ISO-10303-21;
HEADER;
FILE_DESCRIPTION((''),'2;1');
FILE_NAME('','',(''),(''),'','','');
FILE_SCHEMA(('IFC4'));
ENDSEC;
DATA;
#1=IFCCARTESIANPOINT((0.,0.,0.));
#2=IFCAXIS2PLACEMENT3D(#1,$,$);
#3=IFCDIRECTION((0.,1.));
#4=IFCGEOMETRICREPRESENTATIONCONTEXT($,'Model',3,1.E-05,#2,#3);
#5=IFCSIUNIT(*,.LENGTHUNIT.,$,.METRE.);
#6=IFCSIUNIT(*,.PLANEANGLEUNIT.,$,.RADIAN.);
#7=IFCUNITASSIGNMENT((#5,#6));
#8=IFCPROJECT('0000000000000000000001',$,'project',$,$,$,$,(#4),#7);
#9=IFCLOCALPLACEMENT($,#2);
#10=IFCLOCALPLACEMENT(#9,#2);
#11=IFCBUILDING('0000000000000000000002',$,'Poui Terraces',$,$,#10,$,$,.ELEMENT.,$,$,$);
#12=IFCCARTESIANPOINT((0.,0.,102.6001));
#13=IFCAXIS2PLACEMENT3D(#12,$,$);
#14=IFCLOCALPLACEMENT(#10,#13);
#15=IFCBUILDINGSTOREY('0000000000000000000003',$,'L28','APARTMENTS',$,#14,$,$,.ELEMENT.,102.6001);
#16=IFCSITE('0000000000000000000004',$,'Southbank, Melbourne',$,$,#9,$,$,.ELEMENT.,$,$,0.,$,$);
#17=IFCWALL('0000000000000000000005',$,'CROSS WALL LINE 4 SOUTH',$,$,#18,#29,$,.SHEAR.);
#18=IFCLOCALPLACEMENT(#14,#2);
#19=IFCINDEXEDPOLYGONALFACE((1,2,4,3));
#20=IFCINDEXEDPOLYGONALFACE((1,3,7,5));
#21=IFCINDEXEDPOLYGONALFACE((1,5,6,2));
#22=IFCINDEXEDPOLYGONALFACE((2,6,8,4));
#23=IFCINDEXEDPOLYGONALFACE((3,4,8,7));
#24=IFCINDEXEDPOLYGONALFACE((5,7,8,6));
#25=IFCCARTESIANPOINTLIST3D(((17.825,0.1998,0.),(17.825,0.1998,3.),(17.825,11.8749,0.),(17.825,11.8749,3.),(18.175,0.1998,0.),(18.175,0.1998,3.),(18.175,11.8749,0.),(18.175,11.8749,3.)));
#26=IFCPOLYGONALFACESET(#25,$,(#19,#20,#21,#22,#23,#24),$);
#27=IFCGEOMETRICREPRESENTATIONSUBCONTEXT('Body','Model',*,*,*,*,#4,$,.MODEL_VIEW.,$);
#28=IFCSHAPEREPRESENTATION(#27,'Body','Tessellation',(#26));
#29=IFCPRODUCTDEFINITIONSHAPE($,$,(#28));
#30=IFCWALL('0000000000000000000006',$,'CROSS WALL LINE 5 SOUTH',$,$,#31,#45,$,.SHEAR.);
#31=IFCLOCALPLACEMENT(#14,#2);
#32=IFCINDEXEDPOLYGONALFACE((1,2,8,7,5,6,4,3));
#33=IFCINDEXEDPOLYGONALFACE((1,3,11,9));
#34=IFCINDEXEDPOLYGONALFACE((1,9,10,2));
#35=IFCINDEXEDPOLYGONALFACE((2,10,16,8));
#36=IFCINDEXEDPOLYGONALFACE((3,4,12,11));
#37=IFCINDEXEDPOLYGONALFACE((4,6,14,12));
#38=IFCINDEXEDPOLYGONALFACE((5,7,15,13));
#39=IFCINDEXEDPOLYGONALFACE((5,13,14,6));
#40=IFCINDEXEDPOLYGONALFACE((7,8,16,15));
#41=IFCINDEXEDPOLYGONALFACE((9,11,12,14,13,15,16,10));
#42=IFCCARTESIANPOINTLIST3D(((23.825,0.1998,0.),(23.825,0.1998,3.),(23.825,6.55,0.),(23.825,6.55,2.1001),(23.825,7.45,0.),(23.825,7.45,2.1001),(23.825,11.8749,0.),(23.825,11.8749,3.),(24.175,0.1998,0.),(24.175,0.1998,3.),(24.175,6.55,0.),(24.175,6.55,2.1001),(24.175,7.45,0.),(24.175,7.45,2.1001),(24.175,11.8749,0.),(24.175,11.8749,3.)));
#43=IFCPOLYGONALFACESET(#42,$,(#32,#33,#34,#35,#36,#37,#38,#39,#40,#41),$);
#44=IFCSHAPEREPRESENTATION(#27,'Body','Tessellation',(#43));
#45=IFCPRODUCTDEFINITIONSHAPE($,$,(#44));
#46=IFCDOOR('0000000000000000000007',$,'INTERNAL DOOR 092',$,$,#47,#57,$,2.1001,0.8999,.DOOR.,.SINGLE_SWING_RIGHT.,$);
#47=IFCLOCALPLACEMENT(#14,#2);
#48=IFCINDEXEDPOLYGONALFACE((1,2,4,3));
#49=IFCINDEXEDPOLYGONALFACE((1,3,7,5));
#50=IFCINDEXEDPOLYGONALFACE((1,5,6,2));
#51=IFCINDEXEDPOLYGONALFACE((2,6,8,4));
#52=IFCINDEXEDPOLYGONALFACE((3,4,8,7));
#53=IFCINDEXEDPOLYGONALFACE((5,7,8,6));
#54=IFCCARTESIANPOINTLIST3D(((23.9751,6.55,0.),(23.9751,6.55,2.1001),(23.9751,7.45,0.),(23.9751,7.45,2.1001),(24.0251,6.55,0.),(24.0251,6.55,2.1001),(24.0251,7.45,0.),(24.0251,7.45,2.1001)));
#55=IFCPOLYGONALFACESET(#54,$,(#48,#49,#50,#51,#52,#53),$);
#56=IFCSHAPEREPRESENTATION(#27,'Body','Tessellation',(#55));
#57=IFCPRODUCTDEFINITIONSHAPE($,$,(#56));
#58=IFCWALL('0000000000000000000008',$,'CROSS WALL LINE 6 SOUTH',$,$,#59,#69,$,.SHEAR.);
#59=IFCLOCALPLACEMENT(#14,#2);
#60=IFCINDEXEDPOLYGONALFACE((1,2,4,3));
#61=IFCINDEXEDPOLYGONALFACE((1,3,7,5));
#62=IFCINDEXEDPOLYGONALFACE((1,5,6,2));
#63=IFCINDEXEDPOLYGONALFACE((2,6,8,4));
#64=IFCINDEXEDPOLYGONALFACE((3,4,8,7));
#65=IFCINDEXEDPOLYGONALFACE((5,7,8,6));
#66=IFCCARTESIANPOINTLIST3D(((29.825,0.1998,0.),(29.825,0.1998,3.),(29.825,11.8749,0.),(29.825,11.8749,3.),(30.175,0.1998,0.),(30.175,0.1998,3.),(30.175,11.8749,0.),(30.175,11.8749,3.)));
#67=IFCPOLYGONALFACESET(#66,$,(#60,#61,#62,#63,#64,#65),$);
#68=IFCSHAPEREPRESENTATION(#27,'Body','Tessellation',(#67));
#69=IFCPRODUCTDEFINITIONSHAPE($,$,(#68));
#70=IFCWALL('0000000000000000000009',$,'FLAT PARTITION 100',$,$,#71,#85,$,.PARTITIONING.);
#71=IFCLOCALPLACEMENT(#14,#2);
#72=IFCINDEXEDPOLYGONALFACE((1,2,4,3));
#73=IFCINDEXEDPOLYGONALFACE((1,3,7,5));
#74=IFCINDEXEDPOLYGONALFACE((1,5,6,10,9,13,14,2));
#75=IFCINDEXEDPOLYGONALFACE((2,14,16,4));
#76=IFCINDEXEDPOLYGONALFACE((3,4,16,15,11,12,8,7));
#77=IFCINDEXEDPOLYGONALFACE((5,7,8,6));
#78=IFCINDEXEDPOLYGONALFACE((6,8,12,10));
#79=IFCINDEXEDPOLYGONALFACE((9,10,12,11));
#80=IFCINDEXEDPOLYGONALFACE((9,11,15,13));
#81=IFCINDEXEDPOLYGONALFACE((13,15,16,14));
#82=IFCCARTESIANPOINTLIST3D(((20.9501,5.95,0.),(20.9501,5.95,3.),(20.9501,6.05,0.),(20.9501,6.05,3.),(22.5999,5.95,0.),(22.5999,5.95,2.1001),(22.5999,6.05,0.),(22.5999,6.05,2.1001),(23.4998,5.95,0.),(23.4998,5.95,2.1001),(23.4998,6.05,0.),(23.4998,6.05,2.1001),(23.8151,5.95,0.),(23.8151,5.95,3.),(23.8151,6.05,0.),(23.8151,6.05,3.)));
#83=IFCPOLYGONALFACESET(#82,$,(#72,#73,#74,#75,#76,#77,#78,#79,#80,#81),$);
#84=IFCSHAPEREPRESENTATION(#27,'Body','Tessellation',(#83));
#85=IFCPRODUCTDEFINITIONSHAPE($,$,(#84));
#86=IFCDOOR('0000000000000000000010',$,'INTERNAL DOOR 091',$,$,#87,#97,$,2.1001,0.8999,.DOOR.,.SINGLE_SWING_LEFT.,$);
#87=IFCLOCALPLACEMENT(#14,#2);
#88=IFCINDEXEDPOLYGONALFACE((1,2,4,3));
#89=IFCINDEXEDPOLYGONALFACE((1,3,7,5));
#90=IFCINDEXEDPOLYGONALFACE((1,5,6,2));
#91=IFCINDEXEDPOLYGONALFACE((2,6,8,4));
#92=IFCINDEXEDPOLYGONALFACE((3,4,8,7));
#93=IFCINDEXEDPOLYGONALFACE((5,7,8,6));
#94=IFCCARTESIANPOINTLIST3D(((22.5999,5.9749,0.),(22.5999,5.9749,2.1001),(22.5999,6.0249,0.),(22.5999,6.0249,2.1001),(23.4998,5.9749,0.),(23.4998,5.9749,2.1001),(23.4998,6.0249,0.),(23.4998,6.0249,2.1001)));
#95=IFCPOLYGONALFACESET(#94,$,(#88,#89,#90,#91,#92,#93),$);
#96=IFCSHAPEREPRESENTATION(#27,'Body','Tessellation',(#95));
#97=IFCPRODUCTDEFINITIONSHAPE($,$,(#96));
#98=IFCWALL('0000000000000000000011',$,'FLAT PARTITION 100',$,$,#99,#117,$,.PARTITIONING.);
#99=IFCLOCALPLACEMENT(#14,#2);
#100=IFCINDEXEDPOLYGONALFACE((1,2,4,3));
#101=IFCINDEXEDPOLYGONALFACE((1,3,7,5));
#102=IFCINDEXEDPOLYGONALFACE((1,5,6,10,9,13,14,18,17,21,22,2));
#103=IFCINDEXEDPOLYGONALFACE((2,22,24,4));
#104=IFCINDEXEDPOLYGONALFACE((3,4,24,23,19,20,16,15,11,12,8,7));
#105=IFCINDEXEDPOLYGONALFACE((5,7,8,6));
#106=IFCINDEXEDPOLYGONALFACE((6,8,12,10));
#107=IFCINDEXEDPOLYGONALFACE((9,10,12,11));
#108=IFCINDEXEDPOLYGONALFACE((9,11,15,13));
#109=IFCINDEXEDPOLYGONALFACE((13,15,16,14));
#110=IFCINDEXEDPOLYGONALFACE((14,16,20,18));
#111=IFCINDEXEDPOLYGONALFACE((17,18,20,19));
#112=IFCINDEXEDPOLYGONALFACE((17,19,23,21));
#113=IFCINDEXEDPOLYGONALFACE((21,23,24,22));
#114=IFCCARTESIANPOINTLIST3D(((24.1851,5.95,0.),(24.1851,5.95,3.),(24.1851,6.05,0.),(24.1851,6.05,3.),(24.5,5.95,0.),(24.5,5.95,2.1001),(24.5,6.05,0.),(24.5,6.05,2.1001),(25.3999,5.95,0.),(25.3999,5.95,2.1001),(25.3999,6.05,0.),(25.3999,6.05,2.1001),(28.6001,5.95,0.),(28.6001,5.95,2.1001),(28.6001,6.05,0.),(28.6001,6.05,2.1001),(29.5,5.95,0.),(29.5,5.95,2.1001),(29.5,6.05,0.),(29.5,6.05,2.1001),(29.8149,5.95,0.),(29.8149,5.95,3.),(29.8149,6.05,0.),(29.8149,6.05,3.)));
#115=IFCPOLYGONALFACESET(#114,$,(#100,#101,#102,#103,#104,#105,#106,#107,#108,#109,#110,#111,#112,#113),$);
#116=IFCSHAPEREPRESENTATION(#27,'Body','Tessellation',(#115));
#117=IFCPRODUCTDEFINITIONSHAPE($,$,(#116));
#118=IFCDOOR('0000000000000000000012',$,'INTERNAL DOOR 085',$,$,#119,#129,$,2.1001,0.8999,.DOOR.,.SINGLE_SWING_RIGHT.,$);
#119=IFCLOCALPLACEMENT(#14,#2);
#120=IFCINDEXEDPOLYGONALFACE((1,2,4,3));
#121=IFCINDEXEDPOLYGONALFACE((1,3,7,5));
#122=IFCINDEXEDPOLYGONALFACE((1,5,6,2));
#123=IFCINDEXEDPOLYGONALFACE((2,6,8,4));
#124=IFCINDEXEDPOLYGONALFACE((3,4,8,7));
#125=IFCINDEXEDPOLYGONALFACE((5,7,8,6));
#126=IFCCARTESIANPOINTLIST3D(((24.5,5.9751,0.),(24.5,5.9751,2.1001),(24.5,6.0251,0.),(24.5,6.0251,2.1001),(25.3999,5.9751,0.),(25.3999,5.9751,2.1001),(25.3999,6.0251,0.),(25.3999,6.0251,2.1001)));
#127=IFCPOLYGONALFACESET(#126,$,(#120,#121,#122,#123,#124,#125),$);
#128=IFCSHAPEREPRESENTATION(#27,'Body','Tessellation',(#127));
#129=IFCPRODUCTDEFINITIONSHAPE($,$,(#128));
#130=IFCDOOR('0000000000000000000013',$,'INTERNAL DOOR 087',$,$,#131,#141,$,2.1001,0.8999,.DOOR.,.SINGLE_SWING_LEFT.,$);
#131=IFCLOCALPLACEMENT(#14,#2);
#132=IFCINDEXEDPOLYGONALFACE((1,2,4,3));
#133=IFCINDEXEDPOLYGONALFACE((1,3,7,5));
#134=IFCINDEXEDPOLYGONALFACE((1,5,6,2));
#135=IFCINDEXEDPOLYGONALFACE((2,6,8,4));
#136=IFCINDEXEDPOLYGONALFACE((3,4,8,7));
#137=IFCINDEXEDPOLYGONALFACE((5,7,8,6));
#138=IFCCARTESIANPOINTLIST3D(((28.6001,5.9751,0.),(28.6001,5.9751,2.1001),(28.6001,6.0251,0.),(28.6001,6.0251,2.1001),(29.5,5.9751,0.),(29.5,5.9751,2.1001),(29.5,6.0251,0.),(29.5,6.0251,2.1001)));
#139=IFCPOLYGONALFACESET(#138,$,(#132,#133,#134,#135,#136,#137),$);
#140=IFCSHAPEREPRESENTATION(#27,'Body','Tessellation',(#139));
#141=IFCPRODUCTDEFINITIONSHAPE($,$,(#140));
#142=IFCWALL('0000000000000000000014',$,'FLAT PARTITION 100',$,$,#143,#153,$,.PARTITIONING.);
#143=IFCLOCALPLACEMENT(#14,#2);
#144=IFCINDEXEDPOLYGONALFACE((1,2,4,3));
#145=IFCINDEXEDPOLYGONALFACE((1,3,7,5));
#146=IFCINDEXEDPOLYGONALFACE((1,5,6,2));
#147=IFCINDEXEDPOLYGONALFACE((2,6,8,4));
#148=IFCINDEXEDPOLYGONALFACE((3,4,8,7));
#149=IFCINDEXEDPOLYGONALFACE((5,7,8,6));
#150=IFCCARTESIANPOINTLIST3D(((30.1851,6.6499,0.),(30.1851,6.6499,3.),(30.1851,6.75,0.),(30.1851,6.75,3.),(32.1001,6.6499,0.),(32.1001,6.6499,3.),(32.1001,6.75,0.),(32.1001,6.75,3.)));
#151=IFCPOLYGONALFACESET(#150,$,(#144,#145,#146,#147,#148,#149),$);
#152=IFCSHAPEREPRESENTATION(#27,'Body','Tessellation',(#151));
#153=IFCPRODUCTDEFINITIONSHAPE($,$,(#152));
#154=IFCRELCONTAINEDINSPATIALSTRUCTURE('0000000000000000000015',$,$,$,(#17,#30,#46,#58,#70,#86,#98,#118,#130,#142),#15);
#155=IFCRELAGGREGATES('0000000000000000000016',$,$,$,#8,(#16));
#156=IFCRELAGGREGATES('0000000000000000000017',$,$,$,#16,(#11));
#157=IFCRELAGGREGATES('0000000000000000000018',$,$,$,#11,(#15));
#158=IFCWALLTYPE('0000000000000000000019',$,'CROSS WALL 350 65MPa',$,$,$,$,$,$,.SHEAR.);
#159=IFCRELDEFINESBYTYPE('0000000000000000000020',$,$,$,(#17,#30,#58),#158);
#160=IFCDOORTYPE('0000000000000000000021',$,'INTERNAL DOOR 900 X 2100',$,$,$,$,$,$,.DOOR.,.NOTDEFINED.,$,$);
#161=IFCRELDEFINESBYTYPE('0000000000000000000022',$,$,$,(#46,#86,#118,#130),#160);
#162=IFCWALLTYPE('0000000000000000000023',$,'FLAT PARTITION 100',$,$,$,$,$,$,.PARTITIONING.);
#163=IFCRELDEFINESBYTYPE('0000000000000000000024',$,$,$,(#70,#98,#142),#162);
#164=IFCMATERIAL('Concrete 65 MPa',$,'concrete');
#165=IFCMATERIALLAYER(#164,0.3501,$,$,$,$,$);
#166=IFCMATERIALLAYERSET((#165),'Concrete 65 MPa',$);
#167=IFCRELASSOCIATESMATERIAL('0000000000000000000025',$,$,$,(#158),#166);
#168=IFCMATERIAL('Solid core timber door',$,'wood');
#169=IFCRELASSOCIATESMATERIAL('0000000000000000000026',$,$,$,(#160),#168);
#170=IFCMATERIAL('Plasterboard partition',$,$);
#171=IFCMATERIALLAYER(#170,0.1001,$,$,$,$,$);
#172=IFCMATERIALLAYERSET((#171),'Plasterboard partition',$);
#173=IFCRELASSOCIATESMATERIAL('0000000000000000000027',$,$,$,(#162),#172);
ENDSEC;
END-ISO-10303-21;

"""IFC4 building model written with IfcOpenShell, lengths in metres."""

from ifc_helpers import new_model, si_unit, direction, frame, frame_2d, origin, place, context, subcontext, project, spatial, rectangle, extrude, material, layer, layer_set, type_object, element, fill, save


model = new_model("IFC4")

# Units and contexts
model_context = context("Model", 3, precision=1e-05, world=origin(), true_north=direction((0.0, 1.0)))
body_context = subcontext(model_context, "Body", "Model", "MODEL_VIEW")
ifc_project = project(units=[si_unit("LENGTHUNIT", "METRE"), si_unit("PLANEANGLEUNIT", "RADIAN")], contexts=[model_context])

# Site, building, storey
site_placement = place(None, origin())
site = spatial("IfcSite", under=ifc_project, at=site_placement, Name="Southbank, Melbourne", CompositionType="ELEMENT", RefElevation=0.0)
building_placement = place(site_placement, origin())
building = spatial("IfcBuilding", under=site, at=building_placement, Name="Poui Terraces", CompositionType="ELEMENT")
storey_placement = place(building_placement, frame((0.0, 0.0, 102.6001)))
storey = spatial("IfcBuildingStorey", under=building, at=storey_placement, Name="L28", Description="APARTMENTS", CompositionType="ELEMENT", Elevation=102.6001)

# Wall
ifc_material_1 = material(Name="Concrete 65 MPa", Category="concrete")
ifc_layer_1 = layer(ifc_material_1, 0.3501)
ifc_layer_set_1 = layer_set([ifc_layer_1], Name="Concrete 65 MPa")
wall_type_1 = type_object("IfcWallType", Name="CROSS WALL 350 65MPa", PredefinedType="SHEAR", material=ifc_layer_set_1)
wall_1_placement = place(storey_placement, frame((18.0, 0.2, 0.0), z_axis=(0.0, 0.0, 1.0), x_axis=(0.0, 1.0, 0.0)))
element("IfcWall", 1, at=wall_1_placement, inside=storey, type_object=wall_type_1, Name="CROSS WALL LINE 4 SOUTH", PredefinedType="SHEAR", context=body_context, shape_type="SweptSolid", body=[
    extrude(rectangle(XDim=11.675, YDim=0.3501, at=frame_2d((5.8374, 0.0))), origin(), (0.0, 0.0, 1.0), 3.0),
])

# Wall, opening, door
wall_2_placement = place(storey_placement, frame((24.0, 0.2, 0.0), z_axis=(0.0, 0.0, 1.0), x_axis=(0.0, 1.0, 0.0)))
wall_2 = element("IfcWall", 2, at=wall_2_placement, inside=storey, type_object=wall_type_1, Name="CROSS WALL LINE 5 SOUTH", PredefinedType="SHEAR", context=body_context, shape_type="SweptSolid", body=[
    extrude(rectangle(XDim=11.675, YDim=0.3501, at=frame_2d((5.8374, 0.0))), origin(), (0.0, 0.0, 1.0), 3.0),
])
opening_1_placement = place(wall_2_placement, frame((6.3501, 0.0, 0.0)))
opening_1 = element("IfcOpeningElement", 3, at=opening_1_placement, cuts=wall_2, PredefinedType="OPENING", context=body_context, shape_type="SweptSolid", body=[
    extrude(rectangle(XDim=0.8999, YDim=2.1001, at=frame_2d((0.45, 1.05))), frame((0.0, 0.1851, 0.0), z_axis=(0.0, -1.0, 0.0), x_axis=(1.0, 0.0, 0.0)), (0.0, 0.0, 1.0), 0.3701),
])
ifc_material_2 = material(Name="Solid core timber door", Category="wood")
door_type_1 = type_object("IfcDoorType", Name="INTERNAL DOOR 900 X 2100", OperationType="NOTDEFINED", PredefinedType="DOOR", material=ifc_material_2)
door_1_placement = place(opening_1_placement, origin())
door_1 = element("IfcDoor", 4, at=door_1_placement, inside=storey, type_object=door_type_1, Name="INTERNAL DOOR 092", OperationType="SINGLE_SWING_RIGHT", OverallHeight=2.1001, OverallWidth=0.8999, PredefinedType="DOOR", context=body_context, shape_type="SweptSolid", body=[
    extrude(rectangle(XDim=0.8999, YDim=2.1001, at=frame_2d((0.45, 1.05))), frame((0.0, 0.0249, 0.0), z_axis=(0.0, -1.0, 0.0), x_axis=(1.0, 0.0, 0.0)), (0.0, 0.0, 1.0), 0.05),
])
fill(opening_1, door_1)

# Wall
wall_3_placement = place(storey_placement, frame((30.0, 0.2, 0.0), z_axis=(0.0, 0.0, 1.0), x_axis=(0.0, 1.0, 0.0)))
element("IfcWall", 5, at=wall_3_placement, inside=storey, type_object=wall_type_1, Name="CROSS WALL LINE 6 SOUTH", PredefinedType="SHEAR", context=body_context, shape_type="SweptSolid", body=[
    extrude(rectangle(XDim=11.675, YDim=0.3501, at=frame_2d((5.8374, 0.0))), origin(), (0.0, 0.0, 1.0), 3.0),
])

# Wall, opening, door
ifc_material_3 = material(Name="Plasterboard partition")
ifc_layer_2 = layer(ifc_material_3, 0.1001)
ifc_layer_set_2 = layer_set([ifc_layer_2], Name="Plasterboard partition")
wall_type_2 = type_object("IfcWallType", Name="FLAT PARTITION 100", PredefinedType="PARTITIONING", material=ifc_layer_set_2)
wall_4_placement = place(storey_placement, frame((20.95, 6.0, 0.0), z_axis=(0.0, 0.0, 1.0), x_axis=(1.0, 0.0, 0.0)))
wall_4 = element("IfcWall", 6, at=wall_4_placement, inside=storey, type_object=wall_type_2, Name="FLAT PARTITION 100", PredefinedType="PARTITIONING", context=body_context, shape_type="SweptSolid", body=[
    extrude(rectangle(XDim=2.865, YDim=0.1001, at=frame_2d((1.4326, 0.0))), origin(), (0.0, 0.0, 1.0), 3.0),
])
opening_2_placement = place(wall_4_placement, frame((1.6499, 0.0, 0.0)))
opening_2 = element("IfcOpeningElement", 7, at=opening_2_placement, cuts=wall_4, PredefinedType="OPENING", context=body_context, shape_type="SweptSolid", body=[
    extrude(rectangle(XDim=0.8999, YDim=2.1001, at=frame_2d((0.45, 1.05))), frame((0.0, 0.0601, 0.0), z_axis=(0.0, -1.0, 0.0), x_axis=(1.0, 0.0, 0.0)), (0.0, 0.0, 1.0), 0.1201),
])
door_2_placement = place(opening_2_placement, origin())
door_2 = element("IfcDoor", 8, at=door_2_placement, inside=storey, type_object=door_type_1, Name="INTERNAL DOOR 091", OperationType="SINGLE_SWING_LEFT", OverallHeight=2.1001, OverallWidth=0.8999, PredefinedType="DOOR", context=body_context, shape_type="SweptSolid", body=[
    extrude(rectangle(XDim=0.8999, YDim=2.1001, at=frame_2d((0.45, 1.05))), frame((0.0, 0.0249, 0.0), z_axis=(0.0, -1.0, 0.0), x_axis=(1.0, 0.0, 0.0)), (0.0, 0.0, 1.0), 0.05),
])
fill(opening_2, door_2)

# Wall, openings, doors
wall_5_placement = place(storey_placement, frame((24.1851, 6.0, 0.0), z_axis=(0.0, 0.0, 1.0), x_axis=(1.0, 0.0, 0.0)))
wall_5 = element("IfcWall", 9, at=wall_5_placement, inside=storey, type_object=wall_type_2, Name="FLAT PARTITION 100", PredefinedType="PARTITIONING", context=body_context, shape_type="SweptSolid", body=[
    extrude(rectangle(XDim=5.6299, YDim=0.1001, at=frame_2d((2.8149, 0.0))), origin(), (0.0, 0.0, 1.0), 3.0),
])
opening_3_placement = place(wall_5_placement, frame((0.3149, 0.0, 0.0)))
opening_3 = element("IfcOpeningElement", 10, at=opening_3_placement, cuts=wall_5, PredefinedType="OPENING", context=body_context, shape_type="SweptSolid", body=[
    extrude(rectangle(XDim=0.8999, YDim=2.1001, at=frame_2d((0.45, 1.05))), frame((0.0, 0.0601, 0.0), z_axis=(0.0, -1.0, 0.0), x_axis=(1.0, 0.0, 0.0)), (0.0, 0.0, 1.0), 0.1201),
])
opening_4_placement = place(wall_5_placement, frame((4.415, 0.0, 0.0)))
opening_4 = element("IfcOpeningElement", 11, at=opening_4_placement, cuts=wall_5, PredefinedType="OPENING", context=body_context, shape_type="SweptSolid", body=[
    extrude(rectangle(XDim=0.8999, YDim=2.1001, at=frame_2d((0.45, 1.05))), frame((0.0, 0.0601, 0.0), z_axis=(0.0, -1.0, 0.0), x_axis=(1.0, 0.0, 0.0)), (0.0, 0.0, 1.0), 0.1201),
])
door_3_placement = place(opening_3_placement, frame((0.8999, 0.0, 0.0), z_axis=(0.0, 0.0, 1.0), x_axis=(-1.0, 0.0, 0.0)))
door_3 = element("IfcDoor", 12, at=door_3_placement, inside=storey, type_object=door_type_1, Name="INTERNAL DOOR 085", OperationType="SINGLE_SWING_RIGHT", OverallHeight=2.1001, OverallWidth=0.8999, PredefinedType="DOOR", context=body_context, shape_type="SweptSolid", body=[
    extrude(rectangle(XDim=0.8999, YDim=2.1001, at=frame_2d((0.45, 1.05))), frame((0.0, 0.0249, 0.0), z_axis=(0.0, -1.0, 0.0), x_axis=(1.0, 0.0, 0.0)), (0.0, 0.0, 1.0), 0.05),
])
fill(opening_3, door_3)
door_4_placement = place(opening_4_placement, frame((0.8999, 0.0, 0.0), z_axis=(0.0, 0.0, 1.0), x_axis=(-1.0, 0.0, 0.0)))
door_4 = element("IfcDoor", 13, at=door_4_placement, inside=storey, type_object=door_type_1, Name="INTERNAL DOOR 087", OperationType="SINGLE_SWING_LEFT", OverallHeight=2.1001, OverallWidth=0.8999, PredefinedType="DOOR", context=body_context, shape_type="SweptSolid", body=[
    extrude(rectangle(XDim=0.8999, YDim=2.1001, at=frame_2d((0.45, 1.05))), frame((0.0, 0.0249, 0.0), z_axis=(0.0, -1.0, 0.0), x_axis=(1.0, 0.0, 0.0)), (0.0, 0.0, 1.0), 0.05),
])
fill(opening_4, door_4)

# Wall
wall_6_placement = place(storey_placement, frame((30.1851, 6.7, 0.0), z_axis=(0.0, 0.0, 1.0), x_axis=(1.0, 0.0, 0.0)))
element("IfcWall", 14, at=wall_6_placement, inside=storey, type_object=wall_type_2, Name="FLAT PARTITION 100", PredefinedType="PARTITIONING", context=body_context, shape_type="SweptSolid", body=[
    extrude(rectangle(XDim=1.915, YDim=0.1001, at=frame_2d((0.9575, 0.0))), origin(), (0.0, 0.0, 1.0), 3.0),
])

save(model, "model.ifc")
